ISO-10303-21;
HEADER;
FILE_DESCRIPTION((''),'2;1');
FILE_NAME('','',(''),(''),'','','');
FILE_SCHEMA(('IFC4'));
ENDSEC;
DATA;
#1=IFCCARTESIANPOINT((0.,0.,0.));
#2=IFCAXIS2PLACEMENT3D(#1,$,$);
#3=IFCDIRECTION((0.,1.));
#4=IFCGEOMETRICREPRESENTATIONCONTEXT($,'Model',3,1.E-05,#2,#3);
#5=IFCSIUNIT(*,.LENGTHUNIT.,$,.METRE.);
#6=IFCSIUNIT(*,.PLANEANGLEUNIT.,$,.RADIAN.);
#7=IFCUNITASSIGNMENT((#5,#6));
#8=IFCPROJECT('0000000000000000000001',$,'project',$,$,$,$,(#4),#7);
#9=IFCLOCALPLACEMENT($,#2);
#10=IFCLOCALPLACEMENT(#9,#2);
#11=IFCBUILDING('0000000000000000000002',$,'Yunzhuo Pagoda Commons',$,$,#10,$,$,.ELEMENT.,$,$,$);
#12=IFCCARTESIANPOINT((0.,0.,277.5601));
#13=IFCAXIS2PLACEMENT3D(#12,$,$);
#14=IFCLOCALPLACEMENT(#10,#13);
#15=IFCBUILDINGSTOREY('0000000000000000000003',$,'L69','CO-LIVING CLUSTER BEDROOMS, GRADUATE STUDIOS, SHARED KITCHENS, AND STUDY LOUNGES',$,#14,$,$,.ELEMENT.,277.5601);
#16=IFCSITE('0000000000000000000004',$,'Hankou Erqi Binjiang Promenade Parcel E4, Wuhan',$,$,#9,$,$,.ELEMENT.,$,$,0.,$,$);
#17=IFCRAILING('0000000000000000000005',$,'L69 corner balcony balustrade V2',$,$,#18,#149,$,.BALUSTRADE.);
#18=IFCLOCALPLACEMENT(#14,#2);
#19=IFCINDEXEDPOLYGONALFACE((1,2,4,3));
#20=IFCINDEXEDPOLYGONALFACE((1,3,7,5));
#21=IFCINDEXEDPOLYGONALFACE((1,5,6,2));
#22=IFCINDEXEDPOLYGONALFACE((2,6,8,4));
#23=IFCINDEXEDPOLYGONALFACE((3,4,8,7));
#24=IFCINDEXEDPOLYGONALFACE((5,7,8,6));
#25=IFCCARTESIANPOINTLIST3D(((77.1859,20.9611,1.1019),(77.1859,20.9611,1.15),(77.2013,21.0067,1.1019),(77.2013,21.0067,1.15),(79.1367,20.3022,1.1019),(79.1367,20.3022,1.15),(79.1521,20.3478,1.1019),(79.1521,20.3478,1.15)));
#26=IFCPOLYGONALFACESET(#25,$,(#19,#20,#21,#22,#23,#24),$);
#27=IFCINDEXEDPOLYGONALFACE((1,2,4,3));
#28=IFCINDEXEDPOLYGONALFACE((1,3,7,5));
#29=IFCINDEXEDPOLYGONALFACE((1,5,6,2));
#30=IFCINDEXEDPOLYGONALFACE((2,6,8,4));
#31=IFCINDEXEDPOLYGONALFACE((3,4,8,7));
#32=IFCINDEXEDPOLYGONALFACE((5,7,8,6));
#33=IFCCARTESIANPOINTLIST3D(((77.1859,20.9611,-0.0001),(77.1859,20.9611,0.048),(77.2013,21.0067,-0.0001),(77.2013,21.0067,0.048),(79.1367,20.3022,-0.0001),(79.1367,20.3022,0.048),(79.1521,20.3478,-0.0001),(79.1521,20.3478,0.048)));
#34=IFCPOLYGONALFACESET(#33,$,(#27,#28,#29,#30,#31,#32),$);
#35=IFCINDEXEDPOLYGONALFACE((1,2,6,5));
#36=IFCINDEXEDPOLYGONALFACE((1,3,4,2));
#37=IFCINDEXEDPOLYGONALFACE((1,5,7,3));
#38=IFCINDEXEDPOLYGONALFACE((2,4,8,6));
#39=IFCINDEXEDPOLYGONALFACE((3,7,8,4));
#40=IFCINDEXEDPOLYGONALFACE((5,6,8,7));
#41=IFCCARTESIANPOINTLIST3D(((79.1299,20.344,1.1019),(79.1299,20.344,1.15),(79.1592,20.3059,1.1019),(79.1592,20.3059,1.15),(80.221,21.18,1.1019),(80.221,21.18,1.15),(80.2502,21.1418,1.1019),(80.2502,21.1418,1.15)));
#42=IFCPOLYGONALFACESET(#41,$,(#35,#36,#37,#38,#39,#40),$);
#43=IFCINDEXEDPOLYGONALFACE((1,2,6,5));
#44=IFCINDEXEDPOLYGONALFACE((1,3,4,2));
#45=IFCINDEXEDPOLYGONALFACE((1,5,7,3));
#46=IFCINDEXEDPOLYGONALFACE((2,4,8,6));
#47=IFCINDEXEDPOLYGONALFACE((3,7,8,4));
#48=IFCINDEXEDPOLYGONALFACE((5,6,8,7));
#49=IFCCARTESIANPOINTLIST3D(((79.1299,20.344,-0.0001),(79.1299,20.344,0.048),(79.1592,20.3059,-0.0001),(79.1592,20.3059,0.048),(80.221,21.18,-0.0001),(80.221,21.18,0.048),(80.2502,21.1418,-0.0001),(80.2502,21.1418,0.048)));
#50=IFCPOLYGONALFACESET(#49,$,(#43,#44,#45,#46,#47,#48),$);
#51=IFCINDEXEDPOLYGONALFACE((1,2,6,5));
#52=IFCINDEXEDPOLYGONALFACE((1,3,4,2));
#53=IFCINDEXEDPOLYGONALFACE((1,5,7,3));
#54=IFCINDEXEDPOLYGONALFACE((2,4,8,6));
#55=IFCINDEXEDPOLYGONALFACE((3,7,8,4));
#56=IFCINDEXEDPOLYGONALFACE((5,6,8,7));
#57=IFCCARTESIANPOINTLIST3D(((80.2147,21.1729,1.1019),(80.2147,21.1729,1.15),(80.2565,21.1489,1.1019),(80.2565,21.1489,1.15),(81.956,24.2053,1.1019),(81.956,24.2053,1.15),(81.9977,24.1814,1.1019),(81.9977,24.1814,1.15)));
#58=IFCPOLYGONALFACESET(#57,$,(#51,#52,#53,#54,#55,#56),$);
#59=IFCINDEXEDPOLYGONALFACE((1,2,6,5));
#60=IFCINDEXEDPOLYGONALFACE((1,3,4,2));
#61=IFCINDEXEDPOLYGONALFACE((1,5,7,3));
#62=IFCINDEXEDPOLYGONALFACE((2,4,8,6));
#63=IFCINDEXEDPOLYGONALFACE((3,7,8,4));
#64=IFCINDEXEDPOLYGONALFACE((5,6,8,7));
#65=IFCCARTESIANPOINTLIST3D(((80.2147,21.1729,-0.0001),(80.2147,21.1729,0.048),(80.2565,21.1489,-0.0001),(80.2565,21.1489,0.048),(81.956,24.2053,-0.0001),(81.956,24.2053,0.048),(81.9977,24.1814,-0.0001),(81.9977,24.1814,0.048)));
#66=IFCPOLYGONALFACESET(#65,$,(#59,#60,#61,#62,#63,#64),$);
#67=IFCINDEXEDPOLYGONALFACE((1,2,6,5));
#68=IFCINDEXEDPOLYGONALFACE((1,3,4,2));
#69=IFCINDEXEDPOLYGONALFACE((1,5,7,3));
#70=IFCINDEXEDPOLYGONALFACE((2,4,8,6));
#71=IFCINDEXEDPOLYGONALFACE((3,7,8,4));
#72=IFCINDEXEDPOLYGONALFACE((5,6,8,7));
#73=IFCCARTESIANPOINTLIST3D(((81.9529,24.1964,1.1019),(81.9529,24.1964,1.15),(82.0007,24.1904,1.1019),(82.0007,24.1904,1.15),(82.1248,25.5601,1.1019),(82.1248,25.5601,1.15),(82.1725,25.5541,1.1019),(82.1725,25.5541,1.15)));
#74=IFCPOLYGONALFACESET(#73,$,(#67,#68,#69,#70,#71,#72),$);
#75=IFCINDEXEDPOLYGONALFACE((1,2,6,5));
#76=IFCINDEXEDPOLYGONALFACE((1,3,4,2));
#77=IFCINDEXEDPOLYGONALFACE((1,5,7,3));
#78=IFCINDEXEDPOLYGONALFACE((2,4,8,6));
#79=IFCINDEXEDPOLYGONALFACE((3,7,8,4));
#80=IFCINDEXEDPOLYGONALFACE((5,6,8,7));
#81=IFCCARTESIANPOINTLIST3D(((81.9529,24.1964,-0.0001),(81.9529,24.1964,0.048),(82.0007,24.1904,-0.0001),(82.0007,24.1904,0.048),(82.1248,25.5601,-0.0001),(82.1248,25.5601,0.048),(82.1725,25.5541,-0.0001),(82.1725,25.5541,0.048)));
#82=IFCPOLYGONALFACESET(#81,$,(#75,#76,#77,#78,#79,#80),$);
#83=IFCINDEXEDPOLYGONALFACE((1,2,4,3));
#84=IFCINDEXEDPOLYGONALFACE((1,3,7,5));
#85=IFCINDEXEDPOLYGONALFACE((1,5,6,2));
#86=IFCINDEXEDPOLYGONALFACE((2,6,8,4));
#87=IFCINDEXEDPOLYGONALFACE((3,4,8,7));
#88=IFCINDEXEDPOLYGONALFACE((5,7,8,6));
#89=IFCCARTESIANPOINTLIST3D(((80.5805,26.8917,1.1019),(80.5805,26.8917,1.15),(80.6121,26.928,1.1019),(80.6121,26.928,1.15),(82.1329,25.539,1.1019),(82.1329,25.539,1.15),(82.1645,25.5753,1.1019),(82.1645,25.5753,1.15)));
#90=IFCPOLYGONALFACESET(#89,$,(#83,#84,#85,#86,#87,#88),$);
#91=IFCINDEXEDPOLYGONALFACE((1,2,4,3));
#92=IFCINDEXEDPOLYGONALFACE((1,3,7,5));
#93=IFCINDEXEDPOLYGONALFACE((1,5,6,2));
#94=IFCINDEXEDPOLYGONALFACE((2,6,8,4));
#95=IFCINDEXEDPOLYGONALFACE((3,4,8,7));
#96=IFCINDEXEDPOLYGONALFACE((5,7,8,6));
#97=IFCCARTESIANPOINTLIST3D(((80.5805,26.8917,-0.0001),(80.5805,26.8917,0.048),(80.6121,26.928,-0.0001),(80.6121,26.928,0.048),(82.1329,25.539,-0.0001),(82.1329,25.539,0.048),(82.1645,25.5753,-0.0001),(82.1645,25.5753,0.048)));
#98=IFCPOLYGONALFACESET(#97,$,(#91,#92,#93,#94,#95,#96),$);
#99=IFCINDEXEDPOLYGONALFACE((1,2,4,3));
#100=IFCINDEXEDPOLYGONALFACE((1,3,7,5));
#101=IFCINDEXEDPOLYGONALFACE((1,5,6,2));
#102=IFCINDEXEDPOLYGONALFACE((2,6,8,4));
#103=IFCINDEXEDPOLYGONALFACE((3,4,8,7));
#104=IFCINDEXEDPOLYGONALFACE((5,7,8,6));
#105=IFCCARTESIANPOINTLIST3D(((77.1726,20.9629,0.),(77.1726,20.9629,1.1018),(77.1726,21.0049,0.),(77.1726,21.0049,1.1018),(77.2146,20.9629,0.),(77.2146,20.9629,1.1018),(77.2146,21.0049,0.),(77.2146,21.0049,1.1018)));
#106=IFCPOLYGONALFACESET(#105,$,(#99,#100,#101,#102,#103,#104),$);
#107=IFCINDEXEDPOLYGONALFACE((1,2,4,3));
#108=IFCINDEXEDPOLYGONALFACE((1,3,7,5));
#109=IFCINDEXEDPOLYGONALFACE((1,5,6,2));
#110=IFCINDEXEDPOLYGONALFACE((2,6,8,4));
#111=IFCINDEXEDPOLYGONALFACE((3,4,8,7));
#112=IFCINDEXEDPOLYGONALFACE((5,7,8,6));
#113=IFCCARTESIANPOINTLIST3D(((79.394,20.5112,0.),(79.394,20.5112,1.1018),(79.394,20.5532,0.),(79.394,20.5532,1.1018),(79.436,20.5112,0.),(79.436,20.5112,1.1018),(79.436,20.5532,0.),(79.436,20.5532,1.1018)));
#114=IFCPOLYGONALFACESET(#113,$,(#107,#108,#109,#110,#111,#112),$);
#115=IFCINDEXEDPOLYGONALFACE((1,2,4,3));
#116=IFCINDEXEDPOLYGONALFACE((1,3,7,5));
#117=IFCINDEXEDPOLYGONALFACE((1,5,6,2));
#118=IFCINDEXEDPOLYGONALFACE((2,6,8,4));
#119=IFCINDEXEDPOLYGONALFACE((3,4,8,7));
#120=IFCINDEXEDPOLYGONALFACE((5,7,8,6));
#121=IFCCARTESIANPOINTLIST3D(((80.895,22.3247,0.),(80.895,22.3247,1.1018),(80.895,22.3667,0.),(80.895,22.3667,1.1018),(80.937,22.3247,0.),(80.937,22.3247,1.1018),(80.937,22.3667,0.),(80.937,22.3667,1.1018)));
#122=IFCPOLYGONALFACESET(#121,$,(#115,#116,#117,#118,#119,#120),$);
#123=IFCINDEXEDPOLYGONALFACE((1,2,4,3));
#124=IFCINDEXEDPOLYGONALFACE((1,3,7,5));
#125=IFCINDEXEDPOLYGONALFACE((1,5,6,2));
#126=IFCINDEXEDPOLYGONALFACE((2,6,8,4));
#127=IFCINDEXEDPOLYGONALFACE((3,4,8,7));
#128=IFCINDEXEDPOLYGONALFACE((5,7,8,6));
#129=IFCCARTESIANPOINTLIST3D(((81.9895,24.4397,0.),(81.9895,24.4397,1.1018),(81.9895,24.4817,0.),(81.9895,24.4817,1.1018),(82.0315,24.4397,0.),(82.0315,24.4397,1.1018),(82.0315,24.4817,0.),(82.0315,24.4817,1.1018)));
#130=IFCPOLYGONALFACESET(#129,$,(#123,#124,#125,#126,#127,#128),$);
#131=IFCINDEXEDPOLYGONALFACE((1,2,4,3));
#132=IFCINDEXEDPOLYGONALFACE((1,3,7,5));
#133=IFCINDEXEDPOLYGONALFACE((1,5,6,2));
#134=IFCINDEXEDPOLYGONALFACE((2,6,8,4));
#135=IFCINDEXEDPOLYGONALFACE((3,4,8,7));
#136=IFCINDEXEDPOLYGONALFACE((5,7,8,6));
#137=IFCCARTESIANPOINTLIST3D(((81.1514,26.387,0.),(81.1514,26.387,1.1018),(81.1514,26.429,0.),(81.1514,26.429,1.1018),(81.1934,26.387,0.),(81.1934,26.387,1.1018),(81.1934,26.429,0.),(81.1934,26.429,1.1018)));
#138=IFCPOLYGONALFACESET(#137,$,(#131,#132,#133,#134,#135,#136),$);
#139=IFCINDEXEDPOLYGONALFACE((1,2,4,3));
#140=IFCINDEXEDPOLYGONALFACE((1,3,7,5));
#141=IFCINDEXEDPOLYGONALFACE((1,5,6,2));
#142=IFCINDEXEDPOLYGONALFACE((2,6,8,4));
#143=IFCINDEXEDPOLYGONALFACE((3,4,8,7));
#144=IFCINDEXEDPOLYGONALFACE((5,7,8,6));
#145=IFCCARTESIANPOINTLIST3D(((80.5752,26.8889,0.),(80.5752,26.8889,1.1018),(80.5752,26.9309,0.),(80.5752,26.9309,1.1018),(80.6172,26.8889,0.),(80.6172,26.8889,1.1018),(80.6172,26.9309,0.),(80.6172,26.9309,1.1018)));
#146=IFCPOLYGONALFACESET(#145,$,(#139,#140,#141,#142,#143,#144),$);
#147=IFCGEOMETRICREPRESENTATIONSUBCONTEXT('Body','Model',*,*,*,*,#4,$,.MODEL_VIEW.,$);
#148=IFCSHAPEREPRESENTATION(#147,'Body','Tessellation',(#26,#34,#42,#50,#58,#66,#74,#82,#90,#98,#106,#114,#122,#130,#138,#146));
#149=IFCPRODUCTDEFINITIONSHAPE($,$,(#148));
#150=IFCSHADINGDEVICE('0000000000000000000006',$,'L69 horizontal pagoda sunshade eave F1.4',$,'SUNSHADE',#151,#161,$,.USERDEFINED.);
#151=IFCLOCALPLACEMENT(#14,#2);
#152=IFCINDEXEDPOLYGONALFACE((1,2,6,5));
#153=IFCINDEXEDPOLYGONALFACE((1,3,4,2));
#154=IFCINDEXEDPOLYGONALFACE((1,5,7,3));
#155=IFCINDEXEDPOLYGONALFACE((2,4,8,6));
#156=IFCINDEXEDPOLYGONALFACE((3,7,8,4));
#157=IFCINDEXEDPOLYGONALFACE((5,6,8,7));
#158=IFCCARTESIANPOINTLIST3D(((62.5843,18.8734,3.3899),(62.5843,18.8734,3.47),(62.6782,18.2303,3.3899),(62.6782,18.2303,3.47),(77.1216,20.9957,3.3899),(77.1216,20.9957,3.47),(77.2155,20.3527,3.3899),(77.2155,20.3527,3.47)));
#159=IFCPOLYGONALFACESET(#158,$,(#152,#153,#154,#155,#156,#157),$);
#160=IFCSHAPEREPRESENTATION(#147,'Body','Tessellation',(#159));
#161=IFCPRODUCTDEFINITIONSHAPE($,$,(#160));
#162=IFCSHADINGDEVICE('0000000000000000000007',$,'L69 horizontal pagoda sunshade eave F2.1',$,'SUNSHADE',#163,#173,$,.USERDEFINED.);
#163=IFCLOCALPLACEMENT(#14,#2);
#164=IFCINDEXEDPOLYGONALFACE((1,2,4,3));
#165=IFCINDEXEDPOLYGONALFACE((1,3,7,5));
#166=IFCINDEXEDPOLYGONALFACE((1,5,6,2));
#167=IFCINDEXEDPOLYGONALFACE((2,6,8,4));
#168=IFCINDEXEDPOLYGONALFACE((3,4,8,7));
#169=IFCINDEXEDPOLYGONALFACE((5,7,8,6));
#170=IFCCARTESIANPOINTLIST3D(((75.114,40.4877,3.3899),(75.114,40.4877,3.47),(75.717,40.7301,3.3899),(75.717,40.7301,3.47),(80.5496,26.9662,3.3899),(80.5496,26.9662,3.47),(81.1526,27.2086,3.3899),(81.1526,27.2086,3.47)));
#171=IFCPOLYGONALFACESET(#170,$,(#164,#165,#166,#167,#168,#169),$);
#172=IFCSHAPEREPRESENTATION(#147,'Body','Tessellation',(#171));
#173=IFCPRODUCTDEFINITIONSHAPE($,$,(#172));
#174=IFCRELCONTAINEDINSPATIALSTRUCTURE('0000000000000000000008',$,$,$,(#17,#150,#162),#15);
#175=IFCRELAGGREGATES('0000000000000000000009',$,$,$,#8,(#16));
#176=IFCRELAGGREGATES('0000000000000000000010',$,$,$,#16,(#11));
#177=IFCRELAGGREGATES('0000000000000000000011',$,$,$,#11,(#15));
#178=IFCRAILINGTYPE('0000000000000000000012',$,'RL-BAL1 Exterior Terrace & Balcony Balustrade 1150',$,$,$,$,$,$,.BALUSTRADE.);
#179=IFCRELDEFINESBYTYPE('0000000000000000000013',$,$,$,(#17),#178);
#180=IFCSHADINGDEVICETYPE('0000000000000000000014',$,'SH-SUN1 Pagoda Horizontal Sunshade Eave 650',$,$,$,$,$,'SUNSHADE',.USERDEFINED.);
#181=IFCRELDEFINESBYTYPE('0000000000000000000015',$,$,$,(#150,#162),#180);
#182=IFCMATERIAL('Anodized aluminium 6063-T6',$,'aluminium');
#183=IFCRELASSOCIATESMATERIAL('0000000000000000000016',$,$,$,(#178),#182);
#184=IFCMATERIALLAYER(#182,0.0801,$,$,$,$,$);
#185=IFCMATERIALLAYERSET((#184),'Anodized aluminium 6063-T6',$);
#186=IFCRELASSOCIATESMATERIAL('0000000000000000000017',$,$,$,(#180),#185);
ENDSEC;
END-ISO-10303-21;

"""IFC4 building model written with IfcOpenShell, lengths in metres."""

from ifc_helpers import new_model, si_unit, direction, frame, origin, origin_2d, place, context, subcontext, project, spatial, rectangle, extrude, source, transform, mapped, material, layer, layer_set, type_object, element, save


model = new_model("IFC4")

# Units and contexts
model_context = context("Model", 3, precision=1e-05, world=origin(), true_north=direction((0.0, 1.0)))
body_context = subcontext(model_context, "Body", "Model", "MODEL_VIEW")
ifc_project = project(units=[si_unit("LENGTHUNIT", "METRE"), si_unit("PLANEANGLEUNIT", "RADIAN")], contexts=[model_context])

# Site, building, storey
site_placement = place(None, origin())
site = spatial("IfcSite", under=ifc_project, at=site_placement, Name="Hankou Erqi Binjiang Promenade Parcel E4, Wuhan", CompositionType="ELEMENT", RefElevation=0.0)
building_placement = place(site_placement, origin())
building = spatial("IfcBuilding", under=site, at=building_placement, Name="Yunzhuo Pagoda Commons", CompositionType="ELEMENT")
storey_placement = place(building_placement, frame((0.0, 0.0, 277.5601)))
storey = spatial("IfcBuildingStorey", under=building, at=storey_placement, Name="L69", Description="CO-LIVING CLUSTER BEDROOMS, GRADUATE STUDIOS, SHARED KITCHENS, AND STUDY LOUNGES", CompositionType="ELEMENT", Elevation=277.5601)

# Shared definitions
ifc_material_1 = material(Name="Anodized aluminium 6063-T6", Category="aluminium")

# Railing
railing_type = type_object("IfcRailingType", Name="RL-BAL1 Exterior Terrace & Balcony Balustrade 1150", PredefinedType="BALUSTRADE", material=ifc_material_1)
railing_placement = place(storey_placement, frame((77.1936, 20.9839, 0.0)))
element("IfcRailing", 1, at=railing_placement, inside=storey, type_object=railing_type, Name="L69 corner balcony balustrade V2", PredefinedType="BALUSTRADE", context=body_context, shape_type="SweptSolid", body=[
    extrude(rectangle(XDim=0.0481, YDim=0.0481, at=origin_2d()), frame((0.0, 0.0, 1.126), z_axis=(0.947419, -0.319996, 0.0), x_axis=(0.319996, 0.947419, 0.0)), (0.0, 0.0, 1.0), 2.0591),
    extrude(rectangle(XDim=0.0481, YDim=0.0481, at=origin_2d()), frame((0.0, 0.0, 0.0239), z_axis=(0.947419, -0.319996, 0.0), x_axis=(0.319996, 0.947419, 0.0)), (0.0, 0.0, 1.0), 2.0591),
    extrude(rectangle(XDim=0.0481, YDim=0.0481, at=origin_2d()), frame((1.9509, -0.6589, 1.126), z_axis=(0.793798, 0.608182, 0.0), x_axis=(-0.608182, 0.793798, 0.0)), (0.0, 0.0, 1.0), 1.3745),
    extrude(rectangle(XDim=0.0481, YDim=0.0481, at=origin_2d()), frame((1.9509, -0.6589, 0.0239), z_axis=(0.793798, 0.608182, 0.0), x_axis=(-0.608182, 0.793798, 0.0)), (0.0, 0.0, 1.0), 1.3745),
    extrude(rectangle(XDim=0.0481, YDim=0.0481, at=origin_2d()), frame((3.042, 0.177, 1.126), z_axis=(0.497942, 0.86721, 0.0), x_axis=(-0.86721, 0.497942, 0.0)), (0.0, 0.0, 1.0), 3.4968),
    extrude(rectangle(XDim=0.0481, YDim=0.0481, at=origin_2d()), frame((3.042, 0.177, 0.0239), z_axis=(0.497942, 0.86721, 0.0), x_axis=(-0.86721, 0.497942, 0.0)), (0.0, 0.0, 1.0), 3.4968),
    extrude(rectangle(XDim=0.0481, YDim=0.0481, at=origin_2d()), frame((4.7832, 3.2095, 1.126), z_axis=(0.12504, 0.992152, 0.0), x_axis=(-0.992152, 0.12504, 0.0)), (0.0, 0.0, 1.0), 1.3745),
    extrude(rectangle(XDim=0.0481, YDim=0.0481, at=origin_2d()), frame((4.7832, 3.2095, 0.0239), z_axis=(0.12504, 0.992152, 0.0), x_axis=(-0.992152, 0.12504, 0.0)), (0.0, 0.0, 1.0), 1.3745),
    extrude(rectangle(XDim=0.0481, YDim=0.0481, at=origin_2d()), frame((4.9551, 4.5732, 1.126), z_axis=(-0.753934, 0.65695, 0.0), x_axis=(-0.65695, -0.753934, 0.0)), (0.0, 0.0, 1.0), 2.0591),
    extrude(rectangle(XDim=0.0481, YDim=0.0481, at=origin_2d()), frame((4.9551, 4.5732, 0.0239), z_axis=(-0.753934, 0.65695, 0.0), x_axis=(-0.65695, -0.753934, 0.0)), (0.0, 0.0, 1.0), 2.0591),
    extrude(rectangle(XDim=0.042, YDim=0.042, at=origin_2d()), origin(), (0.0, 0.0, 1.0), 1.1018),
    extrude(rectangle(XDim=0.042, YDim=0.042, at=origin_2d()), frame((2.2214, -0.4517, 0.0)), (0.0, 0.0, 1.0), 1.1018),
    extrude(rectangle(XDim=0.042, YDim=0.042, at=origin_2d()), frame((3.7224, 1.3618, 0.0)), (0.0, 0.0, 1.0), 1.1018),
    extrude(rectangle(XDim=0.042, YDim=0.042, at=origin_2d()), frame((4.8169, 3.4768, 0.0)), (0.0, 0.0, 1.0), 1.1018),
    extrude(rectangle(XDim=0.042, YDim=0.042, at=origin_2d()), frame((3.9788, 5.4241, 0.0)), (0.0, 0.0, 1.0), 1.1018),
    extrude(rectangle(XDim=0.042, YDim=0.042, at=origin_2d()), frame((3.4026, 5.926, 0.0)), (0.0, 0.0, 1.0), 1.1018),
])

# Shading devices
ifc_layer_1 = layer(ifc_material_1, 0.0801)
ifc_layer_set_1 = layer_set([ifc_layer_1], Name="Anodized aluminium 6063-T6")
shading_device_type = type_object("IfcShadingDeviceType", Name="SH-SUN1 Pagoda Horizontal Sunshade Eave 650", ElementType="SUNSHADE", PredefinedType="USERDEFINED", material=ifc_layer_set_1)
shared_shape_1 = source(origin(), body_context, "Body", "SweptSolid", [
    extrude(rectangle(XDim=14.6914, YDim=0.6499, at=origin_2d()), origin(), (0.0, 0.0, 1.0), 0.0801),
])
shading_device_1_placement = place(storey_placement, frame((69.8999, 19.613, 3.3899), z_axis=(0.0, 0.0, 1.0), x_axis=(0.989511, 0.14446, 0.0)))
element("IfcShadingDevice", 2, at=shading_device_1_placement, inside=storey, type_object=shading_device_type, Name="L69 horizontal pagoda sunshade eave F1.4", ObjectType="SUNSHADE", PredefinedType="USERDEFINED", context=body_context, shape_type="MappedRepresentation", body=[
    mapped(shared_shape_1, transform((0.0, 0.0, 0.0), scale=1.0)),
])
shared_shape_2 = source(origin(), body_context, "Body", "SweptSolid", [
    extrude(rectangle(XDim=14.5732, YDim=0.6499, at=origin_2d()), origin(), (0.0, 0.0, 1.0), 0.0801),
])
shading_device_2_placement = place(storey_placement, frame((78.1333, 33.8481, 3.3899), z_axis=(0.0, 0.0, 1.0), x_axis=(-0.372988, 0.927836, 0.0)))
element("IfcShadingDevice", 3, at=shading_device_2_placement, inside=storey, type_object=shading_device_type, Name="L69 horizontal pagoda sunshade eave F2.1", ObjectType="SUNSHADE", PredefinedType="USERDEFINED", context=body_context, shape_type="MappedRepresentation", body=[
    mapped(shared_shape_2, transform((0.0, 0.0, 0.0), scale=1.0)),
])

save(model, "model.ifc")
